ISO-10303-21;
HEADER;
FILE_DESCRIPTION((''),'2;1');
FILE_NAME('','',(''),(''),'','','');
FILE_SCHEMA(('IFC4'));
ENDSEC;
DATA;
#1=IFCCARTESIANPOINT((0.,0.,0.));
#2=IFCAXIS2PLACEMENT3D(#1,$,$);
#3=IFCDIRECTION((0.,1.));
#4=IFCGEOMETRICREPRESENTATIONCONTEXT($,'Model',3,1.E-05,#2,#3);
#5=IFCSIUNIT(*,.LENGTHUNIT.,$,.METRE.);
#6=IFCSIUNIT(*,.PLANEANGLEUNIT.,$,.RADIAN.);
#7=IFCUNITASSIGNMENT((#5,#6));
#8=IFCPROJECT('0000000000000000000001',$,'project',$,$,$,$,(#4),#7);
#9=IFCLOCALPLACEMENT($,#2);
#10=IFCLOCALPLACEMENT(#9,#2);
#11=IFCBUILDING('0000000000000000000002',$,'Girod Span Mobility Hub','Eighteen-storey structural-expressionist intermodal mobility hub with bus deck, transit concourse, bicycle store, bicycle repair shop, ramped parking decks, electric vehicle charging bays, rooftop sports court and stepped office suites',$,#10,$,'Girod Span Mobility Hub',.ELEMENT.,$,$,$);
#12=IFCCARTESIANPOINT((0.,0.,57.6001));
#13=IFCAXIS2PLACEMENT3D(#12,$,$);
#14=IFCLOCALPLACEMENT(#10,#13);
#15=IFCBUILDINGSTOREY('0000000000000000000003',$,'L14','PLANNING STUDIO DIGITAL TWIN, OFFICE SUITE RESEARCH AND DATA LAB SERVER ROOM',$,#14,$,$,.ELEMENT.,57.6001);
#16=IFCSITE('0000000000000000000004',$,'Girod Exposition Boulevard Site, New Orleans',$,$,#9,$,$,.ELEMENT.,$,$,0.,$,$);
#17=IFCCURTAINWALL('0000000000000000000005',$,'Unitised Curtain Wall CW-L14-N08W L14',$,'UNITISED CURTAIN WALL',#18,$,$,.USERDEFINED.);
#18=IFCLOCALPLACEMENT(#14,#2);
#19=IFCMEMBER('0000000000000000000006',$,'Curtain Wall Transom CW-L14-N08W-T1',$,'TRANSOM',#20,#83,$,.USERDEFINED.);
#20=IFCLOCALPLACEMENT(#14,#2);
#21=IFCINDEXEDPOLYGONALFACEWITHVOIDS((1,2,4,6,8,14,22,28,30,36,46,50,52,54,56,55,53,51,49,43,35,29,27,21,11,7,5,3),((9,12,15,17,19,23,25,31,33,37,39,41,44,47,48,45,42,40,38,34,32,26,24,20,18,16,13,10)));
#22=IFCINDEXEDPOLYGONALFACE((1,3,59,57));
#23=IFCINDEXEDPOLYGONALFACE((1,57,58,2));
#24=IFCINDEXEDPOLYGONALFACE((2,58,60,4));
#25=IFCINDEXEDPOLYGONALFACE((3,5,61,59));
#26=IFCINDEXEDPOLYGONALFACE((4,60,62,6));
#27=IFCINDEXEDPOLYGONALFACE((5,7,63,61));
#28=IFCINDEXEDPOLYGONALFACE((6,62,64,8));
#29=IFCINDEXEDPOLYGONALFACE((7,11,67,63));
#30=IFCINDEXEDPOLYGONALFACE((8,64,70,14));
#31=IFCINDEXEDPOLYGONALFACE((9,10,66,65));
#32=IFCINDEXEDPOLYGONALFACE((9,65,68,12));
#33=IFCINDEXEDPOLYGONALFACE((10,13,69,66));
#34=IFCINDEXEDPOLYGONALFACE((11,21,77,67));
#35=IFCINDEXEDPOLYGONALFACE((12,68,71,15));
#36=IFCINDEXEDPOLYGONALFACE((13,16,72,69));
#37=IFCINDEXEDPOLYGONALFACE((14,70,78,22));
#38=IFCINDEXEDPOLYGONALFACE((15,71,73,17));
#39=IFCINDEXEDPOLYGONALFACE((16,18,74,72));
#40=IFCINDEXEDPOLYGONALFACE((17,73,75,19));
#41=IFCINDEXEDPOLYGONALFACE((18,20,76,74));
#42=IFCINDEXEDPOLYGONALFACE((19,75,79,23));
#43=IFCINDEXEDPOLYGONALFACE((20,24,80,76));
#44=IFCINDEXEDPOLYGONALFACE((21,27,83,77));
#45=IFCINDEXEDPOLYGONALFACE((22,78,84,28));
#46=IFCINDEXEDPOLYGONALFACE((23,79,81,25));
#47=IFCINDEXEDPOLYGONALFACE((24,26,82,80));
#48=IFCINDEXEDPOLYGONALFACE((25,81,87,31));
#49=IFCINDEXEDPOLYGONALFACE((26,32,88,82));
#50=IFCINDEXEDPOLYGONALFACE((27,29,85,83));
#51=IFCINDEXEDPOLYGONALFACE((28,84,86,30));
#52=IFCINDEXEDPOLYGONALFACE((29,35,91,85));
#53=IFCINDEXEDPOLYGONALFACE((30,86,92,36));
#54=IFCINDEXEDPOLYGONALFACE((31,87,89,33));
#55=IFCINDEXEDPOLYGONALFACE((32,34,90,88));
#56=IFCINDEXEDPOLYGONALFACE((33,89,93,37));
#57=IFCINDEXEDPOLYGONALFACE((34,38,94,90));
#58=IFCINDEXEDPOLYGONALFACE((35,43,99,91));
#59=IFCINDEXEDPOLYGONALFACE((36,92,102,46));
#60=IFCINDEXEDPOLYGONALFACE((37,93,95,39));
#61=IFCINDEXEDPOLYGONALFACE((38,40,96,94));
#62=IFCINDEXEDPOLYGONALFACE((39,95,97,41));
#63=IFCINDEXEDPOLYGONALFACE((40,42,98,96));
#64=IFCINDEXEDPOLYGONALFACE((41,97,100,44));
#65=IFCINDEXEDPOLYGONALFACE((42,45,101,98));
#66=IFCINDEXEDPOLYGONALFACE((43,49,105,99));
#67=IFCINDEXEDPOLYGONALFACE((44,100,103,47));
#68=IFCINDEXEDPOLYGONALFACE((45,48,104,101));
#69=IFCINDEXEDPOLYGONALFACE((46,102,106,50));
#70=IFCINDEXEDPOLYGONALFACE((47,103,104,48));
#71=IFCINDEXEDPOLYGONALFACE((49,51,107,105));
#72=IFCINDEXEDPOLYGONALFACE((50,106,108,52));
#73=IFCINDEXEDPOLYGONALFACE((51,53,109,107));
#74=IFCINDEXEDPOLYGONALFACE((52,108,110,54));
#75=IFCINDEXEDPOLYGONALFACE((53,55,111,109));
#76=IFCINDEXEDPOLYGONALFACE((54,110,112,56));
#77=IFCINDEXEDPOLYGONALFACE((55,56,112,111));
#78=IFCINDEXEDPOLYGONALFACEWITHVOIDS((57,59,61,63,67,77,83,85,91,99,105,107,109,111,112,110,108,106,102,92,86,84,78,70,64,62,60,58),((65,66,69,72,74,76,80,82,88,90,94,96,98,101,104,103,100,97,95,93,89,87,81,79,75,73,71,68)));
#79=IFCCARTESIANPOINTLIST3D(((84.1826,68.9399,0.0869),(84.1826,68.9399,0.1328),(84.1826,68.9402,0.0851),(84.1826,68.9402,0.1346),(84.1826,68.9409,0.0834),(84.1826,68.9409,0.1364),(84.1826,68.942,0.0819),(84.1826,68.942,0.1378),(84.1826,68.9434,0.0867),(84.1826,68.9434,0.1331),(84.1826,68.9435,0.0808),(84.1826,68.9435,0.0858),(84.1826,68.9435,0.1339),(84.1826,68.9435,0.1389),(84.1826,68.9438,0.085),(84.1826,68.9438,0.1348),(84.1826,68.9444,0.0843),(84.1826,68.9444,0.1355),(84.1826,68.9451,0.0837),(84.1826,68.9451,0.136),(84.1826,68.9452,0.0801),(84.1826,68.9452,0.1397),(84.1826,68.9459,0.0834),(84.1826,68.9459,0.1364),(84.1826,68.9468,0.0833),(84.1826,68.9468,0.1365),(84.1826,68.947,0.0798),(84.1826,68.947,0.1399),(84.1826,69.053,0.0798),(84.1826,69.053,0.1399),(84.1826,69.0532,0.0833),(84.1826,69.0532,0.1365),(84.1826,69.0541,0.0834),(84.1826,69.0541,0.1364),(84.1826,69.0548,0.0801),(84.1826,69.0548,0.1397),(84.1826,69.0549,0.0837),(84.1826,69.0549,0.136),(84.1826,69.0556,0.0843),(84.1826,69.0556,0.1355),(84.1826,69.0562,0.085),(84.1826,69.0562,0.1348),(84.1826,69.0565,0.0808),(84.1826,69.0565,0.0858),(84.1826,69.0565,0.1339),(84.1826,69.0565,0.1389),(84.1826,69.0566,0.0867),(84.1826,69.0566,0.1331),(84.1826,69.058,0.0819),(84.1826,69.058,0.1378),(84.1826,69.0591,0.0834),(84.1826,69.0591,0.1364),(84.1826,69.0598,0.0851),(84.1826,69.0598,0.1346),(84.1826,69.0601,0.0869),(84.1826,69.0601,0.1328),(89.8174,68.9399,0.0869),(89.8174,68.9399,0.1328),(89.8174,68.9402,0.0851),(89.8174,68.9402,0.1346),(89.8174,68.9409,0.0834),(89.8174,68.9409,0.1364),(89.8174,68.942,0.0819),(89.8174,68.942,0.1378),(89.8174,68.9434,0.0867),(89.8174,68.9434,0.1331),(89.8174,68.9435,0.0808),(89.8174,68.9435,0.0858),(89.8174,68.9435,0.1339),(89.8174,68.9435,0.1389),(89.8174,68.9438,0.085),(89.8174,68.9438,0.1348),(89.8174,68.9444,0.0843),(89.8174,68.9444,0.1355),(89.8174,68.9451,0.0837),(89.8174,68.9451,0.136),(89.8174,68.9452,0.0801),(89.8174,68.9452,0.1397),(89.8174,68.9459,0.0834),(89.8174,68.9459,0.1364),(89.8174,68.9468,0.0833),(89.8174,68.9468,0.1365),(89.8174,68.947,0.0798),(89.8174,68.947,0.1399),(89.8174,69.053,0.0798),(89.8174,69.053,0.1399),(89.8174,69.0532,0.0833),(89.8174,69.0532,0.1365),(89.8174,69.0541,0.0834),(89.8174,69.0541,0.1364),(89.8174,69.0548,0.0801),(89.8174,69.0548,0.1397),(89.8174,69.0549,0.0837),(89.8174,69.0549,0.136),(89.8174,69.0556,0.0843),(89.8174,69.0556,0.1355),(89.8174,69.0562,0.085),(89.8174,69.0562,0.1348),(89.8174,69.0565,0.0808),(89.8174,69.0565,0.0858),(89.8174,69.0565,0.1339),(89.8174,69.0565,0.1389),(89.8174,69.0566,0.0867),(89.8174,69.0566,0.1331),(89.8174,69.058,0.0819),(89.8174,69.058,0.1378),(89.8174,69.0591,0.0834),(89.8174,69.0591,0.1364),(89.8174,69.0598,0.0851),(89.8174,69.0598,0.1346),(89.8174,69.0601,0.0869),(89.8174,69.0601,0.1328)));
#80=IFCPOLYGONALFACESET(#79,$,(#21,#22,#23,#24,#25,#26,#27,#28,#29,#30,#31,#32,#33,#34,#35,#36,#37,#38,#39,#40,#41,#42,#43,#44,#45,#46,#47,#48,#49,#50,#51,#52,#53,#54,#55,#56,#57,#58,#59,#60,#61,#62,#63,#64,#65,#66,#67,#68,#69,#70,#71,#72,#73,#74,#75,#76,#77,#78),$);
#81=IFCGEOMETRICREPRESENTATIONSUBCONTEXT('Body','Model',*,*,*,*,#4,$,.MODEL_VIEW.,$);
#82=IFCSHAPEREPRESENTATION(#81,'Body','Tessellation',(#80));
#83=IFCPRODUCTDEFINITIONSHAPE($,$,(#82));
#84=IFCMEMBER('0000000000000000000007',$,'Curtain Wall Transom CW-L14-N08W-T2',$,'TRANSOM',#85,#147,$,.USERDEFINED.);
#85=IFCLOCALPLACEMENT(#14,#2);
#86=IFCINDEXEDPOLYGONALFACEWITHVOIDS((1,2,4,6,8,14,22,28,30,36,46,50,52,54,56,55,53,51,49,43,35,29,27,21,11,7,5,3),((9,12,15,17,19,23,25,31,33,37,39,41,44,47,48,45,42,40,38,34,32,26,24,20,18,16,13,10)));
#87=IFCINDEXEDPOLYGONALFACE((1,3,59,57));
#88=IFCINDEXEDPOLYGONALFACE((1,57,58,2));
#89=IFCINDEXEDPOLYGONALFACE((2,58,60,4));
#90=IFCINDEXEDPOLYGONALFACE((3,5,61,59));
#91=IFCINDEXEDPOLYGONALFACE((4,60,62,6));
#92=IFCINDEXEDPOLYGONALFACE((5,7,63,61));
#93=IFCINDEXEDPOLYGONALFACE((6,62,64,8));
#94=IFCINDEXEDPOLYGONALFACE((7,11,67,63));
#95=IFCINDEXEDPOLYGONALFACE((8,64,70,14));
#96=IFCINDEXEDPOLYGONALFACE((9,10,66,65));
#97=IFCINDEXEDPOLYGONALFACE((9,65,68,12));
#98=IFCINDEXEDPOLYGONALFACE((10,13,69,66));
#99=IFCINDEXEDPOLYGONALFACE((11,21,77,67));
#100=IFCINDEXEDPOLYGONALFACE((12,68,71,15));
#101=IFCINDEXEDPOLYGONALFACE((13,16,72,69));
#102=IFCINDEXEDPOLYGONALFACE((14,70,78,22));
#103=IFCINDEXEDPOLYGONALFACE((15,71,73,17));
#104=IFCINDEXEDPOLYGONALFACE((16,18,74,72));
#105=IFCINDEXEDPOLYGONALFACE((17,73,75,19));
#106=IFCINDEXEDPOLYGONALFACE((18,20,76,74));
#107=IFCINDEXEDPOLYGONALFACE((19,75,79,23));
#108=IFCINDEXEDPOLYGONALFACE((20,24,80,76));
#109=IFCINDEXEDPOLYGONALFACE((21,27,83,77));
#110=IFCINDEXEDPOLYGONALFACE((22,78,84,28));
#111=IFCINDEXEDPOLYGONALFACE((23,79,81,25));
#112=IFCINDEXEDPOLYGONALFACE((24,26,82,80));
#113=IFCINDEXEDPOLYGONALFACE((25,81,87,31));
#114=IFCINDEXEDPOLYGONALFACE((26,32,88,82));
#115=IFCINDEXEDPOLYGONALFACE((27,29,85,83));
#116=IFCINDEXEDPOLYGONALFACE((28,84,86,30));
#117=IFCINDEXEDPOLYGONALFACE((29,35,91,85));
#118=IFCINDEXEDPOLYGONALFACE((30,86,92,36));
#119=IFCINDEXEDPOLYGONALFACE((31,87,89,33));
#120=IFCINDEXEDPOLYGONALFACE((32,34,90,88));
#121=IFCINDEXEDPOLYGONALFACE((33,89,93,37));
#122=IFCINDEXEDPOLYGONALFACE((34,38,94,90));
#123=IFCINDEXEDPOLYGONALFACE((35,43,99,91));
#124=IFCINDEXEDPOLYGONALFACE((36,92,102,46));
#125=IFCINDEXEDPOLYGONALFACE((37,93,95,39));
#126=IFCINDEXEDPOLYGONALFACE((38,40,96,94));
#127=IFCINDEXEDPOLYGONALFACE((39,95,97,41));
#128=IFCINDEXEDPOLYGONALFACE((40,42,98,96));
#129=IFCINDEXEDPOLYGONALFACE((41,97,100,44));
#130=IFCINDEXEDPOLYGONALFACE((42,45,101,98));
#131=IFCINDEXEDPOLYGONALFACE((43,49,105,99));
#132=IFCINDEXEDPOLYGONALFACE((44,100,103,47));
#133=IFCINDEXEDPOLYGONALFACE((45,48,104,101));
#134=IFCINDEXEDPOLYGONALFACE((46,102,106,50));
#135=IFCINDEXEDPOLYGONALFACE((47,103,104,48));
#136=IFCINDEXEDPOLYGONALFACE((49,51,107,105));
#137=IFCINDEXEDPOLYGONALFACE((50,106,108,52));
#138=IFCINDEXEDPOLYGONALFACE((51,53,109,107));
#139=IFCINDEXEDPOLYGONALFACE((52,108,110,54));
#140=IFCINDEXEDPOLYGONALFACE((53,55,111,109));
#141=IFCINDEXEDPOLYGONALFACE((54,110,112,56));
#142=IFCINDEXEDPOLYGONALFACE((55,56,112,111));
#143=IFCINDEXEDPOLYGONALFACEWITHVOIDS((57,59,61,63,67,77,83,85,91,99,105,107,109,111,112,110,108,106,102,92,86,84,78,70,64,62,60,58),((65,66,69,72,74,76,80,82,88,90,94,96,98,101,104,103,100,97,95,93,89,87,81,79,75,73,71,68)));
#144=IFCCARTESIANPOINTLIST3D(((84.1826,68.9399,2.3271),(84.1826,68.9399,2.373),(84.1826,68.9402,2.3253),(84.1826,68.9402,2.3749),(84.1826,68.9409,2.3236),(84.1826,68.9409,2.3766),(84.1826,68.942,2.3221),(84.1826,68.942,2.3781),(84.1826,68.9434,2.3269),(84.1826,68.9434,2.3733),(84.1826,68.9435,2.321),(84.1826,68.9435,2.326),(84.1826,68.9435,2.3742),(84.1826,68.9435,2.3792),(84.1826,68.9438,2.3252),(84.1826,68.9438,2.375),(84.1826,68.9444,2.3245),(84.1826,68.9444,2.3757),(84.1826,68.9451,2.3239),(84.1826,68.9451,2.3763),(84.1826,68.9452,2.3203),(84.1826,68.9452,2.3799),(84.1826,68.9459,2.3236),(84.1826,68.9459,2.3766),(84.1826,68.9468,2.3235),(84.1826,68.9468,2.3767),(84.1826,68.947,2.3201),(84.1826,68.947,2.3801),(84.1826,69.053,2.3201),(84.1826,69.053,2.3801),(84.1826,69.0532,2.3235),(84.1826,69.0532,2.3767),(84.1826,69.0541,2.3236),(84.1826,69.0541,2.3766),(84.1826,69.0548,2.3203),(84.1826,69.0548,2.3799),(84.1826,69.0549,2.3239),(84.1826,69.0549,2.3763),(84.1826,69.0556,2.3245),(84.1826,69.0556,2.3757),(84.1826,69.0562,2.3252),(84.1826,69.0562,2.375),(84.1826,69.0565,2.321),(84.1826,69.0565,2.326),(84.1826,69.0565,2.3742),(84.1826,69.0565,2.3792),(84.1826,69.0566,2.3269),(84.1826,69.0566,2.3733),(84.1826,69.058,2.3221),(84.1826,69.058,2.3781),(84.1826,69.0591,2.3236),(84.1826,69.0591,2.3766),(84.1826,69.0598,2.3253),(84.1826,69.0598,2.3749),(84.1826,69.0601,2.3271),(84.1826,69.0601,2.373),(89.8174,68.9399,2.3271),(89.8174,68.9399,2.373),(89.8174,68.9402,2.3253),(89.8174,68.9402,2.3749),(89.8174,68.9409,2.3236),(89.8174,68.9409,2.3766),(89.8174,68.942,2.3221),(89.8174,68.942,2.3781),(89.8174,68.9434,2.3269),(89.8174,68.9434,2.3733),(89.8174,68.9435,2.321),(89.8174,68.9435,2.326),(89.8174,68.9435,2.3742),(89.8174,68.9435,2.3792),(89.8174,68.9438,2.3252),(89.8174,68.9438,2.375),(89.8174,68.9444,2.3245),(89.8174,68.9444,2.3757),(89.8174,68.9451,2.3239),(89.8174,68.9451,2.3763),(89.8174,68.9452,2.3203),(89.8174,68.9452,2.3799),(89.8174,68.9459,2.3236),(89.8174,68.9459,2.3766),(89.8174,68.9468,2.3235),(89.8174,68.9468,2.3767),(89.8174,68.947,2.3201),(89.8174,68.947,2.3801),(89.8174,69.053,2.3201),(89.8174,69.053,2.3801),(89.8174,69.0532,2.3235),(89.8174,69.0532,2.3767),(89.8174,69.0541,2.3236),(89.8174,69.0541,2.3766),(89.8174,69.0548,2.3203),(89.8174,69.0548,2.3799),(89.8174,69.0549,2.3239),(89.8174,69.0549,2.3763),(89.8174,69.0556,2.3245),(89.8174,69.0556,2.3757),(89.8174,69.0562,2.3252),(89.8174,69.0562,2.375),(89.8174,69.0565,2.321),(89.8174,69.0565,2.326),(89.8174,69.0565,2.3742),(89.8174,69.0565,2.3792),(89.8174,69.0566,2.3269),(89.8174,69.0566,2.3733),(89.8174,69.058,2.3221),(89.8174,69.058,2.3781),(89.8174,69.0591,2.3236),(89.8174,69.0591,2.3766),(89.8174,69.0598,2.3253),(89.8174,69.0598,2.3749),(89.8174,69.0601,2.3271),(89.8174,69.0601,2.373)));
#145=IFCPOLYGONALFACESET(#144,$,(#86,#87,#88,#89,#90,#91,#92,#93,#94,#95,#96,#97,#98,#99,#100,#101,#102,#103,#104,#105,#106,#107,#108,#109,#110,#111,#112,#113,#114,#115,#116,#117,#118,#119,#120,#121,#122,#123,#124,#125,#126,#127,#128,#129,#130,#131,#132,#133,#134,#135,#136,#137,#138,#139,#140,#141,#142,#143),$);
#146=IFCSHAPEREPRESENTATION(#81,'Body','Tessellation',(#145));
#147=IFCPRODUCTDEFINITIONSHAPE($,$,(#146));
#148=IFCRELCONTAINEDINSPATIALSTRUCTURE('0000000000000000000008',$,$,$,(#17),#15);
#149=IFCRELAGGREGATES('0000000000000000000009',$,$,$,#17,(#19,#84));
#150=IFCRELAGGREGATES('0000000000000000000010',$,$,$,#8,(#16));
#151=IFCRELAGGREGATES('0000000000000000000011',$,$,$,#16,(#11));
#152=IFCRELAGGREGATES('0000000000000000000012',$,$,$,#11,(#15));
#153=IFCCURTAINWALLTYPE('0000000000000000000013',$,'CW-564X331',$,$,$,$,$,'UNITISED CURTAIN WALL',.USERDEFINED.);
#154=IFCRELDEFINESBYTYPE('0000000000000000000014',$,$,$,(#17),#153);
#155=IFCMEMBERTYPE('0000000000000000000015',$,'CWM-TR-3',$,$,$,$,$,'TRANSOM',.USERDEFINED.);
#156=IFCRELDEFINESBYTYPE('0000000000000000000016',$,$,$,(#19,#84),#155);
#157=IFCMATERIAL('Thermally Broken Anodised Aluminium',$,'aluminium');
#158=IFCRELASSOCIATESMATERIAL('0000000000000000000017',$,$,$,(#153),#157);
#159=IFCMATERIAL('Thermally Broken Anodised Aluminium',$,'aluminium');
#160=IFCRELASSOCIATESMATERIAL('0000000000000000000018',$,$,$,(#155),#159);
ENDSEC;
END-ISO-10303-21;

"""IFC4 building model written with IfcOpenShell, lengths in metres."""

from ifc_helpers import new_model, si_unit, direction, frame, origin, origin_2d, place, context, subcontext, project, spatial, hollow_rectangle, extrude, material, material_profile, profile_set, type_object, element, aggregate, save


model = new_model("IFC4")

# Units and contexts
model_context = context("Model", 3, precision=1e-05, world=origin(), true_north=direction((0.0, 1.0)))
body_context = subcontext(model_context, "Body", "Model", "MODEL_VIEW")
ifc_project = project(units=[si_unit("LENGTHUNIT", "METRE"), si_unit("PLANEANGLEUNIT", "RADIAN")], contexts=[model_context])

# Site, building, storey
site_placement = place(None, origin())
site = spatial("IfcSite", under=ifc_project, at=site_placement, Name="Girod Exposition Boulevard Site, New Orleans", CompositionType="ELEMENT", RefElevation=0.0)
building_placement = place(site_placement, origin())
building = spatial("IfcBuilding", under=site, at=building_placement, Name="Girod Span Mobility Hub", Description="Eighteen-storey structural-expressionist intermodal mobility hub with bus deck, transit concourse, bicycle store, bicycle repair shop, ramped parking decks, electric vehicle charging bays, rooftop sports court and stepped office suites", LongName="Girod Span Mobility Hub", CompositionType="ELEMENT")
storey_placement = place(building_placement, frame((0.0, 0.0, 57.6001)))
storey = spatial("IfcBuildingStorey", under=building, at=storey_placement, Name="L14", Description="PLANNING STUDIO DIGITAL TWIN, OFFICE SUITE RESEARCH AND DATA LAB SERVER ROOM", CompositionType="ELEMENT", Elevation=57.6001)

# Curtain wall
ifc_material_1 = material(Name="Thermally Broken Anodised Aluminium", Category="aluminium")
curtain_wall_type = type_object("IfcCurtainWallType", Name="CW-564X331", ElementType="UNITISED CURTAIN WALL", PredefinedType="USERDEFINED", material=ifc_material_1)
curtain_wall_1_placement = place(storey_placement, origin())
curtain_wall_1 = element("IfcCurtainWall", 1, at=curtain_wall_1_placement, inside=storey, type_object=curtain_wall_type, Name="Unitised Curtain Wall CW-L14-N08W L14", ObjectType="UNITISED CURTAIN WALL", PredefinedType="USERDEFINED")

# Members
ifc_material_2 = material(Name="Thermally Broken Anodised Aluminium", Category="aluminium")
ifc_material_profile_1 = material_profile(ifc_material_2, hollow_rectangle(XDim=0.1201, YDim=0.0601, WallThickness=0.0034, InnerFilletRadius=0.0034, OuterFilletRadius=0.0071, at=origin_2d()), Name="CW-TR-60X120")
ifc_profile_set_1 = profile_set([ifc_material_profile_1], Name="Thermally Broken Anodised Aluminium")
member_type_1 = type_object("IfcMemberType", Name="CWM-TR-3", ElementType="TRANSOM", PredefinedType="USERDEFINED", material=ifc_profile_set_1)
member_1_placement = place(storey_placement, frame((84.1826, 69.0, 0.1099), z_axis=(1.0, 0.0, 0.0), x_axis=(0.0, 1.0, 0.0)))
member_1 = element("IfcMember", 2, at=member_1_placement, type_object=member_type_1, Name="Curtain Wall Transom CW-L14-N08W-T1", ObjectType="TRANSOM", PredefinedType="USERDEFINED", context=body_context, shape_type="SweptSolid", body=[
    extrude(hollow_rectangle(XDim=0.1201, YDim=0.0601, WallThickness=0.0034, InnerFilletRadius=0.0034, OuterFilletRadius=0.0071, at=origin_2d()), origin(), (0.0, 0.0, 1.0), 5.6348),
])
member_2_placement = place(storey_placement, frame((84.1826, 69.0, 2.3501), z_axis=(1.0, 0.0, 0.0), x_axis=(0.0, 1.0, 0.0)))
member_2 = element("IfcMember", 3, at=member_2_placement, type_object=member_type_1, Name="Curtain Wall Transom CW-L14-N08W-T2", ObjectType="TRANSOM", PredefinedType="USERDEFINED", context=body_context, shape_type="SweptSolid", body=[
    extrude(hollow_rectangle(XDim=0.1201, YDim=0.0601, WallThickness=0.0034, InnerFilletRadius=0.0034, OuterFilletRadius=0.0071, at=origin_2d()), origin(), (0.0, 0.0, 1.0), 5.6348),
])

aggregate(curtain_wall_1, [member_1, member_2])

save(model, "model.ifc")
